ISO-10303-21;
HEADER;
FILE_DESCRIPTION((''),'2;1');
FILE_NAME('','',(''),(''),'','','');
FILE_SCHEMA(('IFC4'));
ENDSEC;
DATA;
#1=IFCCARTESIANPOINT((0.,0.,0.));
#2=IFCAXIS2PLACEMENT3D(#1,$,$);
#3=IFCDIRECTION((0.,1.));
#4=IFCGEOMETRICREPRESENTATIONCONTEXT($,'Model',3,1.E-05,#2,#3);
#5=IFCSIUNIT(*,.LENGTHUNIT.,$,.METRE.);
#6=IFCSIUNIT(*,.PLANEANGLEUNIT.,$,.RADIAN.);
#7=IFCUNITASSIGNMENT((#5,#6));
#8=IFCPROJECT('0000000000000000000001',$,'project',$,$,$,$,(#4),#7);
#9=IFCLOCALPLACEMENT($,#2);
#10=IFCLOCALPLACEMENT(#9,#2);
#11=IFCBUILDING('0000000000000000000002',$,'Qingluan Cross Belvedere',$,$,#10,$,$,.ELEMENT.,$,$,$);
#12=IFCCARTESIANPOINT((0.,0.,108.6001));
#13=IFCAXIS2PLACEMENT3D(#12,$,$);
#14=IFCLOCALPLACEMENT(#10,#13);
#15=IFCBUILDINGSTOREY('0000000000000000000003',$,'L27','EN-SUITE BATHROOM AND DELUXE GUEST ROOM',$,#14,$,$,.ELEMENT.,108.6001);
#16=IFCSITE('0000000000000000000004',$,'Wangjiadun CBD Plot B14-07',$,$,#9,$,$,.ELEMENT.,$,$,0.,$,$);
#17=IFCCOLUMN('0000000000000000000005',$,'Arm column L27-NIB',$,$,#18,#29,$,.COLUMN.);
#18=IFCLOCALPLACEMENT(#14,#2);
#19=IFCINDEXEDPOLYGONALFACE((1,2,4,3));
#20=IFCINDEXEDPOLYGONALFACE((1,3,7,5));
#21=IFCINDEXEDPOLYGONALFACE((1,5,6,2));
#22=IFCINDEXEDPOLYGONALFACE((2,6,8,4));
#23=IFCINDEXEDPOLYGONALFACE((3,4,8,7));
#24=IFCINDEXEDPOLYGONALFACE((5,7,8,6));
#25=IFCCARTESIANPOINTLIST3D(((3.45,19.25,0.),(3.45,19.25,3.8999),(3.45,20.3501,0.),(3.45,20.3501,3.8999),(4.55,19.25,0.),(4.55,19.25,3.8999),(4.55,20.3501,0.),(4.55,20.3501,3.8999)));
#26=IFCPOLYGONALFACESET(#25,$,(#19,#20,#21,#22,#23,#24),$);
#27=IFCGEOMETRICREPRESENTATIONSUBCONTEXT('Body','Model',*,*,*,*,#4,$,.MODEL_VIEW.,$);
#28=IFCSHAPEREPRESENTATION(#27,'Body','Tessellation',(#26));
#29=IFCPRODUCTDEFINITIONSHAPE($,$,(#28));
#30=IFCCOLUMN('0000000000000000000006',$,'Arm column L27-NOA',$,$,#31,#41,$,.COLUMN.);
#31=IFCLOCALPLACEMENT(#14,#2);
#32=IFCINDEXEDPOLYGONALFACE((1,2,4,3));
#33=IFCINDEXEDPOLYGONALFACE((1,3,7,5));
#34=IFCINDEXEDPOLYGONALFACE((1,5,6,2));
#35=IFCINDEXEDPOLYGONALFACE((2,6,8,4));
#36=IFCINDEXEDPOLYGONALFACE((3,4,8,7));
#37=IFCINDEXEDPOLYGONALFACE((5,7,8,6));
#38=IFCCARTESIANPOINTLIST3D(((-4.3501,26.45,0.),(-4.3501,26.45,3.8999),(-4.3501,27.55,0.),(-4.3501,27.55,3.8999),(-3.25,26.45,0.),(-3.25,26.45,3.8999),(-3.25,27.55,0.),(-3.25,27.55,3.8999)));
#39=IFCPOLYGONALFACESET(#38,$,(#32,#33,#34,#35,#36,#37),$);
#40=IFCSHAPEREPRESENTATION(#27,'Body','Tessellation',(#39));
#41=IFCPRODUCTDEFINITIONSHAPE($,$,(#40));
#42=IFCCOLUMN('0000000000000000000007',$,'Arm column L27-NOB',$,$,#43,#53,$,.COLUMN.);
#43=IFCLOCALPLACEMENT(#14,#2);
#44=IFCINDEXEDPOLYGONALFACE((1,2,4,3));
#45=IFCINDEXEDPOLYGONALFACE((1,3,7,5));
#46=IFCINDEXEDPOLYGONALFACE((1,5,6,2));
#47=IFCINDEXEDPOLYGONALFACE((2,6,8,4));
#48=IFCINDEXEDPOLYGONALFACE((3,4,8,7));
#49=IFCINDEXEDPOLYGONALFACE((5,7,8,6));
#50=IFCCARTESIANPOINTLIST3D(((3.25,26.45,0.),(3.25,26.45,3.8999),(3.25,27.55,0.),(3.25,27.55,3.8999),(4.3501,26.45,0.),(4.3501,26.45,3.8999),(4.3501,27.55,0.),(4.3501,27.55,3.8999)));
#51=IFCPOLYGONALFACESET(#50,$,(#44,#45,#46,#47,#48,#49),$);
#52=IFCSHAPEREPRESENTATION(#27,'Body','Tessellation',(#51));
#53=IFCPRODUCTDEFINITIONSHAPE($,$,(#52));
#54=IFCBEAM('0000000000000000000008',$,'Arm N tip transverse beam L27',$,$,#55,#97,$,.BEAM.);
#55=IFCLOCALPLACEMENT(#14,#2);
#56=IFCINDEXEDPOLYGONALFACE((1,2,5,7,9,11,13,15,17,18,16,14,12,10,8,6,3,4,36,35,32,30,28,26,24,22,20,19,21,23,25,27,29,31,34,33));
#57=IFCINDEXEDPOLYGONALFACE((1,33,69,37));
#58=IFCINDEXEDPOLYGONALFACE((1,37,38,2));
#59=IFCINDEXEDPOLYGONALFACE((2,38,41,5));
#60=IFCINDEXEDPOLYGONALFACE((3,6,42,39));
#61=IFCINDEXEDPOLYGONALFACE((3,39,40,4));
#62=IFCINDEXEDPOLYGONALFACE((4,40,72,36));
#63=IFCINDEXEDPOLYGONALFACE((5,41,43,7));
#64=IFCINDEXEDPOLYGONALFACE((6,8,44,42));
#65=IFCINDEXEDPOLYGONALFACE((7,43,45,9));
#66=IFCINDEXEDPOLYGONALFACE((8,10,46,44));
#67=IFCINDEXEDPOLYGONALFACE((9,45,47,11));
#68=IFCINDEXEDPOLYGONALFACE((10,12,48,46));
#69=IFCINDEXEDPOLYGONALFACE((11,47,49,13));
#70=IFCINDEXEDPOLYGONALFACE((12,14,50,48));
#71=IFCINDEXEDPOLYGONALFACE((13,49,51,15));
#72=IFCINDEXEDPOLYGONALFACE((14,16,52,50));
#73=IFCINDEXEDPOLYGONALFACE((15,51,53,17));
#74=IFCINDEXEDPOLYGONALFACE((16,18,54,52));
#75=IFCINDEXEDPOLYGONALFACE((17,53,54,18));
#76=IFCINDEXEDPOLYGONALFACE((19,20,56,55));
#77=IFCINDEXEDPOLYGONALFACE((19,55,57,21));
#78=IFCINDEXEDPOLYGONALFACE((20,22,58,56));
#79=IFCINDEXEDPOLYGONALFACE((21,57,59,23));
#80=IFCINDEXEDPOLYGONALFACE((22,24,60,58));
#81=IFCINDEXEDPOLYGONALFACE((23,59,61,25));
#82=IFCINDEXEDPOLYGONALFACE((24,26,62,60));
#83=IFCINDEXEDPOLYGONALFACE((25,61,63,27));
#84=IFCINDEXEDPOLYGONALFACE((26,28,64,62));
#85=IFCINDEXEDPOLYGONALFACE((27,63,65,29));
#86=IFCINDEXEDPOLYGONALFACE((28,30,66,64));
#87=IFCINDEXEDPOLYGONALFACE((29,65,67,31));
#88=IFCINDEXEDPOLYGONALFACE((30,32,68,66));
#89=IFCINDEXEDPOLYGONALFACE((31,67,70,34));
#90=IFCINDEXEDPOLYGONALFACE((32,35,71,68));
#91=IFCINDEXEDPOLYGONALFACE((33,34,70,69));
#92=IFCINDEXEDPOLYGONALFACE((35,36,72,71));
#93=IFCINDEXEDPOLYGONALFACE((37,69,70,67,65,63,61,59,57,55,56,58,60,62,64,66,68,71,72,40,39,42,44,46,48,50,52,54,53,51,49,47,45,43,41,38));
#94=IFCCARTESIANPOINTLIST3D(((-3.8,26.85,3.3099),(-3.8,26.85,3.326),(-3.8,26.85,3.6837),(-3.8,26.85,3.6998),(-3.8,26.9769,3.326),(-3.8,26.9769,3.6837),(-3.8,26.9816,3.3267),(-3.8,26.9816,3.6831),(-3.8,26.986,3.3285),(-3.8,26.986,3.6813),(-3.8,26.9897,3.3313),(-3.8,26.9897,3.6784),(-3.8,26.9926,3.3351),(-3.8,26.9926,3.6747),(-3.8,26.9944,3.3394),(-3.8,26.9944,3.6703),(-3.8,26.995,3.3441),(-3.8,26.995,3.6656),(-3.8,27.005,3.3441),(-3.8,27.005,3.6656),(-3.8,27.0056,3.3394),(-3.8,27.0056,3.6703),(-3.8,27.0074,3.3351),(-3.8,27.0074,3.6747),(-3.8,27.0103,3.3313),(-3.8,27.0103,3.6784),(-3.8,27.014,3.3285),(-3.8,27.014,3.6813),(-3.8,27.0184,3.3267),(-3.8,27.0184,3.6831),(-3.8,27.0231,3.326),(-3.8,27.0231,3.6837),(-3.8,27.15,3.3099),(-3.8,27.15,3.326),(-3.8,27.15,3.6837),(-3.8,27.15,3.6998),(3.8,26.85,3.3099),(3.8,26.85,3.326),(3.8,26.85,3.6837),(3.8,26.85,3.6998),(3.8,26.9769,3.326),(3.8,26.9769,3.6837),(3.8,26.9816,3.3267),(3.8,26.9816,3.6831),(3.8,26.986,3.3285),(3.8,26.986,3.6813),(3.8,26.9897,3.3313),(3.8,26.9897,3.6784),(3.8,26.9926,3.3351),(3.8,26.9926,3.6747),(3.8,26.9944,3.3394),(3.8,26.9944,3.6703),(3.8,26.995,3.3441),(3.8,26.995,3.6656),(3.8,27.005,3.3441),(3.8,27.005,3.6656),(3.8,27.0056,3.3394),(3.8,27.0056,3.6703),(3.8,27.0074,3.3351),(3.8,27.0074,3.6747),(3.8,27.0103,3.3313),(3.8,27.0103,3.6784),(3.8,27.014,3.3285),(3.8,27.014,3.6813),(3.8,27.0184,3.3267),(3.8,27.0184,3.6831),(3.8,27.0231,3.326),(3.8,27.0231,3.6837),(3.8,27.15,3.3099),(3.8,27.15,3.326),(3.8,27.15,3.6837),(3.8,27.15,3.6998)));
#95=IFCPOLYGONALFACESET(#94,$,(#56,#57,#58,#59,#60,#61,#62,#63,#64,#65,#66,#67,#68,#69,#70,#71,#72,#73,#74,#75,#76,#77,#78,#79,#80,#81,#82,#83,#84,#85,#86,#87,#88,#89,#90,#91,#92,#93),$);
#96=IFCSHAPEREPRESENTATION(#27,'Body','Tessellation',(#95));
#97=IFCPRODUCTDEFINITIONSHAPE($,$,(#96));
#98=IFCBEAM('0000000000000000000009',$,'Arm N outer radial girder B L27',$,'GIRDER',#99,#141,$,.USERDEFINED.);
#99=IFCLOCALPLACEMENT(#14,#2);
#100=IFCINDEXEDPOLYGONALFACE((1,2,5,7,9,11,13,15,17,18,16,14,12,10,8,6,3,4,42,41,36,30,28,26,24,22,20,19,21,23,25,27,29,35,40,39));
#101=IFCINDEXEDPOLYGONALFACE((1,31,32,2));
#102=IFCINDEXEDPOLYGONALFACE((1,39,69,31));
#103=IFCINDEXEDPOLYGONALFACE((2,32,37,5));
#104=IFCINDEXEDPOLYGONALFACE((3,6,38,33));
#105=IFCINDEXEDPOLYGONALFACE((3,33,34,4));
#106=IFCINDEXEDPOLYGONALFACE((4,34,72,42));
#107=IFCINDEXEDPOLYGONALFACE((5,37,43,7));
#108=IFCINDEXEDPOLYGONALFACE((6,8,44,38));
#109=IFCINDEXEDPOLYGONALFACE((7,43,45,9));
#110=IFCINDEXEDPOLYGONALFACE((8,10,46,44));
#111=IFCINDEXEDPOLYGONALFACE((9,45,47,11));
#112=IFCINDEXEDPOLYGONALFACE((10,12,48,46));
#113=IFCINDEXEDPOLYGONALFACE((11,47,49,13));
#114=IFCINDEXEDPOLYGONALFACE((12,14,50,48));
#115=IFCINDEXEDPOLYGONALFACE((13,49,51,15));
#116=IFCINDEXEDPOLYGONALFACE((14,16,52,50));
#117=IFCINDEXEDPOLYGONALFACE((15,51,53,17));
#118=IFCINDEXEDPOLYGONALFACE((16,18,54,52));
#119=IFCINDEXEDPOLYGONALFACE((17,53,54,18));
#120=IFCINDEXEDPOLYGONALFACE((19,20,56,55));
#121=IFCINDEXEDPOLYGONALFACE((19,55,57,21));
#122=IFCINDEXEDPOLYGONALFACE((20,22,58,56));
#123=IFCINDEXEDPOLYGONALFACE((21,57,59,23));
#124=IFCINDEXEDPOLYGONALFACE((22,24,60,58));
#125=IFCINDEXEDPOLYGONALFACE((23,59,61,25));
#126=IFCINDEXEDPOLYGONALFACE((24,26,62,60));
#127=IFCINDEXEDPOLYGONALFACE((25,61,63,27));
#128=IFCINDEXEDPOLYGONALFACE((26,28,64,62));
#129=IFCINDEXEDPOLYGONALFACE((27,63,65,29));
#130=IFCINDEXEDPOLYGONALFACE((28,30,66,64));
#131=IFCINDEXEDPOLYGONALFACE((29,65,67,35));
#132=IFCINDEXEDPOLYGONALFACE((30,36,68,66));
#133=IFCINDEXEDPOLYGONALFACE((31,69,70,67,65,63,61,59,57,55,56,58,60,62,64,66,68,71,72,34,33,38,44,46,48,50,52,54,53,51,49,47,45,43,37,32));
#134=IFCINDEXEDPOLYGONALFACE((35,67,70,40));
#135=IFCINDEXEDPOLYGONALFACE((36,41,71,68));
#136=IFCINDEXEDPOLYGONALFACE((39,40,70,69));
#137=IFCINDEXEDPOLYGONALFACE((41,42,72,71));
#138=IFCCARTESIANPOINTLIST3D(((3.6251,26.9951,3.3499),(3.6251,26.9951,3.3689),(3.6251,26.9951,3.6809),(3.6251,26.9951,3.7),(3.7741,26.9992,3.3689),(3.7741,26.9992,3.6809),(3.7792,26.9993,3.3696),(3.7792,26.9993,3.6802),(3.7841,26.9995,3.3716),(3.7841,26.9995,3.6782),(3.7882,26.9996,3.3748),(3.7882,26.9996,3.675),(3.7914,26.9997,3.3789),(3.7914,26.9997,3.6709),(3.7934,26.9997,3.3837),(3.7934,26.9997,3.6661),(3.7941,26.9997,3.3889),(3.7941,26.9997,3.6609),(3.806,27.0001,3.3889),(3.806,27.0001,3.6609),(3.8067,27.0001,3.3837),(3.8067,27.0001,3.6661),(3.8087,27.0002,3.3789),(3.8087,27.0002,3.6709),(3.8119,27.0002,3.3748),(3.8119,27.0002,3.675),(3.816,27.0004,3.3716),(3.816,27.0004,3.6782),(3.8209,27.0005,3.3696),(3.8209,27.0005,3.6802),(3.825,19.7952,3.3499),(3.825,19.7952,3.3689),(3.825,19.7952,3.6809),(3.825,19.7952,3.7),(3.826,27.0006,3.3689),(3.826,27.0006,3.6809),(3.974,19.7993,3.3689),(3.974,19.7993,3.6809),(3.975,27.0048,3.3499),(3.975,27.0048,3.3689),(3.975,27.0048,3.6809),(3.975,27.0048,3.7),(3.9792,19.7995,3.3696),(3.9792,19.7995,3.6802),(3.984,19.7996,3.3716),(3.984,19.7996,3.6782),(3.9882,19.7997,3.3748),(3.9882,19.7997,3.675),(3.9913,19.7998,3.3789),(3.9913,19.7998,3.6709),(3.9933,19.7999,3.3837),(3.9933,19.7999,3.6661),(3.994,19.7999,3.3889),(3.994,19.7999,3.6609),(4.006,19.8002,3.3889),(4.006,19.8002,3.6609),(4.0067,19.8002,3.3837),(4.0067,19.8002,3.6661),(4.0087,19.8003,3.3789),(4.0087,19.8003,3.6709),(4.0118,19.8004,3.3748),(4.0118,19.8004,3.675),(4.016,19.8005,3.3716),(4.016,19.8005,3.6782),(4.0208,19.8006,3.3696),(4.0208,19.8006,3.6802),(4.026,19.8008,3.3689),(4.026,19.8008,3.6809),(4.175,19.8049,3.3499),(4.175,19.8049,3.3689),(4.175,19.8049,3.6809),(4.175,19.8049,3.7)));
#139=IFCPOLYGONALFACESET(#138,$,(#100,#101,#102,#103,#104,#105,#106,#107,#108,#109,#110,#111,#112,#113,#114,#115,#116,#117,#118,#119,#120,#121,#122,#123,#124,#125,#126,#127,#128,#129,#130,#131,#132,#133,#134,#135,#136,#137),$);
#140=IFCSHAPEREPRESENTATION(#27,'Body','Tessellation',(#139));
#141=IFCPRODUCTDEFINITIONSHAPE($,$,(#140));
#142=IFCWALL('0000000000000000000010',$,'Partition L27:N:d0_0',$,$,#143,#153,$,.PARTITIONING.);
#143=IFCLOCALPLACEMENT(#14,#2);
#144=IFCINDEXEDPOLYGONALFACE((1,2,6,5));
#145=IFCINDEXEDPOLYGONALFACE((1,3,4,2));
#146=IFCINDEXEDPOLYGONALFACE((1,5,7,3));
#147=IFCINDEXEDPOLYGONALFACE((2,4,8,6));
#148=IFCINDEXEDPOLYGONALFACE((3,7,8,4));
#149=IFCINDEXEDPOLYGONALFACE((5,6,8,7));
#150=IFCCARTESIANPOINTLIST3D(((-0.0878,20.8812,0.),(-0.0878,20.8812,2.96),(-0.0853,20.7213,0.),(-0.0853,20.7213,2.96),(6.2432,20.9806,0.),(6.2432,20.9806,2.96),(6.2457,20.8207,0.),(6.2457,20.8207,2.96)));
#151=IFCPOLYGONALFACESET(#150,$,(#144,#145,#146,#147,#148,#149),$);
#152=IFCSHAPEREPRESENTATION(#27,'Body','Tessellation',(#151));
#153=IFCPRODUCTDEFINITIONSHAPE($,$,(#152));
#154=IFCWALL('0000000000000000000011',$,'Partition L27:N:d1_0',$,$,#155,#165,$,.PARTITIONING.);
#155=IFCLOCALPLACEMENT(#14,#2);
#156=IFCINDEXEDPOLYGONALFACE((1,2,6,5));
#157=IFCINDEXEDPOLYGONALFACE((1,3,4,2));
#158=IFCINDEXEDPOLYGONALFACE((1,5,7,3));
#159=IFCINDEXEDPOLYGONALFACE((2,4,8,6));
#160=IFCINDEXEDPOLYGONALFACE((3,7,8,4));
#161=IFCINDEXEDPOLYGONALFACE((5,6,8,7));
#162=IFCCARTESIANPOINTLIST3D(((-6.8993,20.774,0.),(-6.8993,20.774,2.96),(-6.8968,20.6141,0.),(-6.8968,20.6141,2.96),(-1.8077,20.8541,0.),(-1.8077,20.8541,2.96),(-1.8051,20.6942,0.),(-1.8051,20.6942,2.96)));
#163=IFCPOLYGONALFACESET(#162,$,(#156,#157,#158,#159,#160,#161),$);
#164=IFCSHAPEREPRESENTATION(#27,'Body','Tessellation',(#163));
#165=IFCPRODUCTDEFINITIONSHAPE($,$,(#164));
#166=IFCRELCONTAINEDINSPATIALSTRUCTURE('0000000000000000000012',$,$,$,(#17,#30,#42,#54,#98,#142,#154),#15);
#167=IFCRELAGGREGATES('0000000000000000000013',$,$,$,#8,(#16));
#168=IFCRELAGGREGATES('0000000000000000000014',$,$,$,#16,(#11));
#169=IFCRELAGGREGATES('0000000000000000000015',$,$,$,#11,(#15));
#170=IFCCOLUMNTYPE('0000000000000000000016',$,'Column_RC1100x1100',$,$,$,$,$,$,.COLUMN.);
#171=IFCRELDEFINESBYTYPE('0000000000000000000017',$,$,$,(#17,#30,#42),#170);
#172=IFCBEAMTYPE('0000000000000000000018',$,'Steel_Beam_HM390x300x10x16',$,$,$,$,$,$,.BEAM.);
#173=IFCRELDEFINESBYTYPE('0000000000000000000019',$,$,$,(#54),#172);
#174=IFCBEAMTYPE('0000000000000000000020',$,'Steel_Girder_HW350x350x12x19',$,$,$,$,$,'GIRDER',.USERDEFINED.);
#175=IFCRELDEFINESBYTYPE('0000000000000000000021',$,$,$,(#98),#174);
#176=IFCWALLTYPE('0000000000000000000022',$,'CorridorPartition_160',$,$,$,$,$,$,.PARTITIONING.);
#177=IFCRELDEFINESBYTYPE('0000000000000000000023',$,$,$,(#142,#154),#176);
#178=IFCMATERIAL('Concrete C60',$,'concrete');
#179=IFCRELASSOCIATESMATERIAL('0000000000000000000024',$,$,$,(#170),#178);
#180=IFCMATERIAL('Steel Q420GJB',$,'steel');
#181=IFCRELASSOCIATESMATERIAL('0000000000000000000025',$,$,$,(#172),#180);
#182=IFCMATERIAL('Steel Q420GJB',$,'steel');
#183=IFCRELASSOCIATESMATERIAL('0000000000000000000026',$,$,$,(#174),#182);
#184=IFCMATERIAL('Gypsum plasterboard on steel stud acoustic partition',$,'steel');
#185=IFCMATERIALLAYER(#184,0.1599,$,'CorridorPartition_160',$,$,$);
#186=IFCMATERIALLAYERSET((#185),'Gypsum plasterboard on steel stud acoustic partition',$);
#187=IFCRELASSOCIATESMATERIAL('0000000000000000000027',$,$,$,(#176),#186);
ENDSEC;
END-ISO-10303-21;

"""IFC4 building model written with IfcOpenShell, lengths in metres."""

from ifc_helpers import new_model, si_unit, direction, frame, frame_2d, origin, origin_2d, place, context, subcontext, project, spatial, rectangle, i_section, extrude, material, layer, layer_set, material_profile, profile_set, type_object, element, save


model = new_model("IFC4")

# Units and contexts
model_context = context("Model", 3, precision=1e-05, world=origin(), true_north=direction((0.0, 1.0)))
body_context = subcontext(model_context, "Body", "Model", "MODEL_VIEW")
ifc_project = project(units=[si_unit("LENGTHUNIT", "METRE"), si_unit("PLANEANGLEUNIT", "RADIAN")], contexts=[model_context])

# Site, building, storey
site_placement = place(None, origin())
site = spatial("IfcSite", under=ifc_project, at=site_placement, Name="Wangjiadun CBD Plot B14-07", CompositionType="ELEMENT", RefElevation=0.0)
building_placement = place(site_placement, origin())
building = spatial("IfcBuilding", under=site, at=building_placement, Name="Qingluan Cross Belvedere", CompositionType="ELEMENT")
storey_placement = place(building_placement, frame((0.0, 0.0, 108.6001)))
storey = spatial("IfcBuildingStorey", under=building, at=storey_placement, Name="L27", Description="EN-SUITE BATHROOM AND DELUXE GUEST ROOM", CompositionType="ELEMENT", Elevation=108.6001)

# Columns
ifc_material_1 = material(Name="Concrete C60", Category="concrete")
ifc_material_profile_1 = material_profile(ifc_material_1, rectangle(XDim=1.1001, YDim=1.1001, at=origin_2d()), Name="RC1100x1100")
ifc_profile_set_1 = profile_set([ifc_material_profile_1], Name="Concrete C60")
column_type = type_object("IfcColumnType", Name="Column_RC1100x1100", PredefinedType="COLUMN", material=ifc_profile_set_1)
for number, where, z_axis, x_axis, name in (
    (1, (4.0, 19.8, 0.0), (0.0, 0.0, 1.0), (1.0, 0.0, 0.0), "Arm column L27-NIB"),
    (2, (-3.8, 27.0, 0.0), (0.0, 0.0, 1.0), (1.0, 0.0, 0.0), "Arm column L27-NOA"),
    (3, (3.8, 27.0, 0.0), (0.0, 0.0, 1.0), (1.0, 0.0, 0.0), "Arm column L27-NOB"),
):
    element("IfcColumn", number, at=place(storey_placement, frame(where, z_axis=z_axis, x_axis=x_axis)), inside=storey, type_object=column_type, Name=name, PredefinedType="COLUMN", context=body_context, shape_type="SweptSolid", body=[
        extrude(rectangle(XDim=1.1001, YDim=1.1001, at=origin_2d()), origin(), (0.0, 0.0, 1.0), 3.8999),
    ])

# Beams
ifc_material_2 = material(Name="Steel Q420GJB", Category="steel")
ifc_material_profile_2 = material_profile(ifc_material_2, i_section(OverallWidth=0.3, OverallDepth=0.3899, WebThickness=0.01, FlangeThickness=0.0161, FilletRadius=0.0181, at=origin_2d()), Name="HM390x300x10x16")
ifc_profile_set_2 = profile_set([ifc_material_profile_2], Name="Steel Q420GJB")
beam_type_1 = type_object("IfcBeamType", Name="Steel_Beam_HM390x300x10x16", PredefinedType="BEAM", material=ifc_profile_set_2)
beam_1_placement = place(storey_placement, frame((-3.8, 27.0, 3.5049), z_axis=(1.0, 0.0, 0.0), x_axis=(0.0, 1.0, 0.0)))
element("IfcBeam", 4, at=beam_1_placement, inside=storey, type_object=beam_type_1, Name="Arm N tip transverse beam L27", PredefinedType="BEAM", context=body_context, shape_type="SweptSolid", body=[
    extrude(i_section(OverallWidth=0.3, OverallDepth=0.3899, WebThickness=0.01, FlangeThickness=0.0161, FilletRadius=0.0181, at=origin_2d()), origin(), (0.0, 0.0, 1.0), 7.6001),
])
ifc_material_3 = material(Name="Steel Q420GJB", Category="steel")
ifc_material_profile_3 = material_profile(ifc_material_3, i_section(OverallWidth=0.3501, OverallDepth=0.3501, WebThickness=0.012, FlangeThickness=0.019, FilletRadius=0.02, at=origin_2d()), Name="HW350x350x12x19")
ifc_profile_set_3 = profile_set([ifc_material_profile_3], Name="Steel Q420GJB")
beam_type_2 = type_object("IfcBeamType", Name="Steel_Girder_HW350x350x12x19", ElementType="GIRDER", PredefinedType="USERDEFINED", material=ifc_profile_set_3)
beam_2_placement = place(storey_placement, frame((4.0, 19.8, 3.5249), z_axis=(-0.02776, 0.999615, 0.0), x_axis=(-0.999615, -0.02776, 0.0)))
element("IfcBeam", 5, at=beam_2_placement, inside=storey, type_object=beam_type_2, Name="Arm N outer radial girder B L27", ObjectType="GIRDER", PredefinedType="USERDEFINED", context=body_context, shape_type="SweptSolid", body=[
    extrude(i_section(OverallWidth=0.3501, OverallDepth=0.3501, WebThickness=0.012, FlangeThickness=0.019, FilletRadius=0.02, at=origin_2d()), origin(), (0.0, 0.0, 1.0), 7.2026),
])

# Walls
ifc_material_4 = material(Name="Gypsum plasterboard on steel stud acoustic partition", Category="steel")
ifc_layer_1 = layer(ifc_material_4, 0.1599, Name="CorridorPartition_160")
ifc_layer_set_1 = layer_set([ifc_layer_1], Name="Gypsum plasterboard on steel stud acoustic partition")
wall_type_1 = type_object("IfcWallType", Name="CorridorPartition_160", PredefinedType="PARTITIONING", material=ifc_layer_set_1)
wall_1_placement = place(storey_placement, frame((-0.0867, 20.8013, 0.0), z_axis=(0.0, 0.0, 1.0), x_axis=(0.999877, 0.015693, 0.0)))
element("IfcWall", 6, at=wall_1_placement, inside=storey, type_object=wall_type_1, Name="Partition L27:N:d0_0", PredefinedType="PARTITIONING", context=body_context, shape_type="SweptSolid", body=[
    extrude(rectangle(XDim=6.3318, YDim=0.1599, at=frame_2d((3.166, 0.0))), origin(), (0.0, 0.0, 1.0), 2.96),
])
wall_2_placement = place(storey_placement, frame((-1.8064, 20.7742, 0.0), z_axis=(0.0, 0.0, 1.0), x_axis=(-0.999876, -0.015726, 0.0)))
element("IfcWall", 7, at=wall_2_placement, inside=storey, type_object=wall_type_1, Name="Partition L27:N:d1_0", PredefinedType="PARTITIONING", context=body_context, shape_type="SweptSolid", body=[
    extrude(rectangle(XDim=5.0923, YDim=0.1599, at=frame_2d((2.5461, 0.0))), origin(), (0.0, 0.0, 1.0), 2.96),
])

save(model, "model.ifc")
